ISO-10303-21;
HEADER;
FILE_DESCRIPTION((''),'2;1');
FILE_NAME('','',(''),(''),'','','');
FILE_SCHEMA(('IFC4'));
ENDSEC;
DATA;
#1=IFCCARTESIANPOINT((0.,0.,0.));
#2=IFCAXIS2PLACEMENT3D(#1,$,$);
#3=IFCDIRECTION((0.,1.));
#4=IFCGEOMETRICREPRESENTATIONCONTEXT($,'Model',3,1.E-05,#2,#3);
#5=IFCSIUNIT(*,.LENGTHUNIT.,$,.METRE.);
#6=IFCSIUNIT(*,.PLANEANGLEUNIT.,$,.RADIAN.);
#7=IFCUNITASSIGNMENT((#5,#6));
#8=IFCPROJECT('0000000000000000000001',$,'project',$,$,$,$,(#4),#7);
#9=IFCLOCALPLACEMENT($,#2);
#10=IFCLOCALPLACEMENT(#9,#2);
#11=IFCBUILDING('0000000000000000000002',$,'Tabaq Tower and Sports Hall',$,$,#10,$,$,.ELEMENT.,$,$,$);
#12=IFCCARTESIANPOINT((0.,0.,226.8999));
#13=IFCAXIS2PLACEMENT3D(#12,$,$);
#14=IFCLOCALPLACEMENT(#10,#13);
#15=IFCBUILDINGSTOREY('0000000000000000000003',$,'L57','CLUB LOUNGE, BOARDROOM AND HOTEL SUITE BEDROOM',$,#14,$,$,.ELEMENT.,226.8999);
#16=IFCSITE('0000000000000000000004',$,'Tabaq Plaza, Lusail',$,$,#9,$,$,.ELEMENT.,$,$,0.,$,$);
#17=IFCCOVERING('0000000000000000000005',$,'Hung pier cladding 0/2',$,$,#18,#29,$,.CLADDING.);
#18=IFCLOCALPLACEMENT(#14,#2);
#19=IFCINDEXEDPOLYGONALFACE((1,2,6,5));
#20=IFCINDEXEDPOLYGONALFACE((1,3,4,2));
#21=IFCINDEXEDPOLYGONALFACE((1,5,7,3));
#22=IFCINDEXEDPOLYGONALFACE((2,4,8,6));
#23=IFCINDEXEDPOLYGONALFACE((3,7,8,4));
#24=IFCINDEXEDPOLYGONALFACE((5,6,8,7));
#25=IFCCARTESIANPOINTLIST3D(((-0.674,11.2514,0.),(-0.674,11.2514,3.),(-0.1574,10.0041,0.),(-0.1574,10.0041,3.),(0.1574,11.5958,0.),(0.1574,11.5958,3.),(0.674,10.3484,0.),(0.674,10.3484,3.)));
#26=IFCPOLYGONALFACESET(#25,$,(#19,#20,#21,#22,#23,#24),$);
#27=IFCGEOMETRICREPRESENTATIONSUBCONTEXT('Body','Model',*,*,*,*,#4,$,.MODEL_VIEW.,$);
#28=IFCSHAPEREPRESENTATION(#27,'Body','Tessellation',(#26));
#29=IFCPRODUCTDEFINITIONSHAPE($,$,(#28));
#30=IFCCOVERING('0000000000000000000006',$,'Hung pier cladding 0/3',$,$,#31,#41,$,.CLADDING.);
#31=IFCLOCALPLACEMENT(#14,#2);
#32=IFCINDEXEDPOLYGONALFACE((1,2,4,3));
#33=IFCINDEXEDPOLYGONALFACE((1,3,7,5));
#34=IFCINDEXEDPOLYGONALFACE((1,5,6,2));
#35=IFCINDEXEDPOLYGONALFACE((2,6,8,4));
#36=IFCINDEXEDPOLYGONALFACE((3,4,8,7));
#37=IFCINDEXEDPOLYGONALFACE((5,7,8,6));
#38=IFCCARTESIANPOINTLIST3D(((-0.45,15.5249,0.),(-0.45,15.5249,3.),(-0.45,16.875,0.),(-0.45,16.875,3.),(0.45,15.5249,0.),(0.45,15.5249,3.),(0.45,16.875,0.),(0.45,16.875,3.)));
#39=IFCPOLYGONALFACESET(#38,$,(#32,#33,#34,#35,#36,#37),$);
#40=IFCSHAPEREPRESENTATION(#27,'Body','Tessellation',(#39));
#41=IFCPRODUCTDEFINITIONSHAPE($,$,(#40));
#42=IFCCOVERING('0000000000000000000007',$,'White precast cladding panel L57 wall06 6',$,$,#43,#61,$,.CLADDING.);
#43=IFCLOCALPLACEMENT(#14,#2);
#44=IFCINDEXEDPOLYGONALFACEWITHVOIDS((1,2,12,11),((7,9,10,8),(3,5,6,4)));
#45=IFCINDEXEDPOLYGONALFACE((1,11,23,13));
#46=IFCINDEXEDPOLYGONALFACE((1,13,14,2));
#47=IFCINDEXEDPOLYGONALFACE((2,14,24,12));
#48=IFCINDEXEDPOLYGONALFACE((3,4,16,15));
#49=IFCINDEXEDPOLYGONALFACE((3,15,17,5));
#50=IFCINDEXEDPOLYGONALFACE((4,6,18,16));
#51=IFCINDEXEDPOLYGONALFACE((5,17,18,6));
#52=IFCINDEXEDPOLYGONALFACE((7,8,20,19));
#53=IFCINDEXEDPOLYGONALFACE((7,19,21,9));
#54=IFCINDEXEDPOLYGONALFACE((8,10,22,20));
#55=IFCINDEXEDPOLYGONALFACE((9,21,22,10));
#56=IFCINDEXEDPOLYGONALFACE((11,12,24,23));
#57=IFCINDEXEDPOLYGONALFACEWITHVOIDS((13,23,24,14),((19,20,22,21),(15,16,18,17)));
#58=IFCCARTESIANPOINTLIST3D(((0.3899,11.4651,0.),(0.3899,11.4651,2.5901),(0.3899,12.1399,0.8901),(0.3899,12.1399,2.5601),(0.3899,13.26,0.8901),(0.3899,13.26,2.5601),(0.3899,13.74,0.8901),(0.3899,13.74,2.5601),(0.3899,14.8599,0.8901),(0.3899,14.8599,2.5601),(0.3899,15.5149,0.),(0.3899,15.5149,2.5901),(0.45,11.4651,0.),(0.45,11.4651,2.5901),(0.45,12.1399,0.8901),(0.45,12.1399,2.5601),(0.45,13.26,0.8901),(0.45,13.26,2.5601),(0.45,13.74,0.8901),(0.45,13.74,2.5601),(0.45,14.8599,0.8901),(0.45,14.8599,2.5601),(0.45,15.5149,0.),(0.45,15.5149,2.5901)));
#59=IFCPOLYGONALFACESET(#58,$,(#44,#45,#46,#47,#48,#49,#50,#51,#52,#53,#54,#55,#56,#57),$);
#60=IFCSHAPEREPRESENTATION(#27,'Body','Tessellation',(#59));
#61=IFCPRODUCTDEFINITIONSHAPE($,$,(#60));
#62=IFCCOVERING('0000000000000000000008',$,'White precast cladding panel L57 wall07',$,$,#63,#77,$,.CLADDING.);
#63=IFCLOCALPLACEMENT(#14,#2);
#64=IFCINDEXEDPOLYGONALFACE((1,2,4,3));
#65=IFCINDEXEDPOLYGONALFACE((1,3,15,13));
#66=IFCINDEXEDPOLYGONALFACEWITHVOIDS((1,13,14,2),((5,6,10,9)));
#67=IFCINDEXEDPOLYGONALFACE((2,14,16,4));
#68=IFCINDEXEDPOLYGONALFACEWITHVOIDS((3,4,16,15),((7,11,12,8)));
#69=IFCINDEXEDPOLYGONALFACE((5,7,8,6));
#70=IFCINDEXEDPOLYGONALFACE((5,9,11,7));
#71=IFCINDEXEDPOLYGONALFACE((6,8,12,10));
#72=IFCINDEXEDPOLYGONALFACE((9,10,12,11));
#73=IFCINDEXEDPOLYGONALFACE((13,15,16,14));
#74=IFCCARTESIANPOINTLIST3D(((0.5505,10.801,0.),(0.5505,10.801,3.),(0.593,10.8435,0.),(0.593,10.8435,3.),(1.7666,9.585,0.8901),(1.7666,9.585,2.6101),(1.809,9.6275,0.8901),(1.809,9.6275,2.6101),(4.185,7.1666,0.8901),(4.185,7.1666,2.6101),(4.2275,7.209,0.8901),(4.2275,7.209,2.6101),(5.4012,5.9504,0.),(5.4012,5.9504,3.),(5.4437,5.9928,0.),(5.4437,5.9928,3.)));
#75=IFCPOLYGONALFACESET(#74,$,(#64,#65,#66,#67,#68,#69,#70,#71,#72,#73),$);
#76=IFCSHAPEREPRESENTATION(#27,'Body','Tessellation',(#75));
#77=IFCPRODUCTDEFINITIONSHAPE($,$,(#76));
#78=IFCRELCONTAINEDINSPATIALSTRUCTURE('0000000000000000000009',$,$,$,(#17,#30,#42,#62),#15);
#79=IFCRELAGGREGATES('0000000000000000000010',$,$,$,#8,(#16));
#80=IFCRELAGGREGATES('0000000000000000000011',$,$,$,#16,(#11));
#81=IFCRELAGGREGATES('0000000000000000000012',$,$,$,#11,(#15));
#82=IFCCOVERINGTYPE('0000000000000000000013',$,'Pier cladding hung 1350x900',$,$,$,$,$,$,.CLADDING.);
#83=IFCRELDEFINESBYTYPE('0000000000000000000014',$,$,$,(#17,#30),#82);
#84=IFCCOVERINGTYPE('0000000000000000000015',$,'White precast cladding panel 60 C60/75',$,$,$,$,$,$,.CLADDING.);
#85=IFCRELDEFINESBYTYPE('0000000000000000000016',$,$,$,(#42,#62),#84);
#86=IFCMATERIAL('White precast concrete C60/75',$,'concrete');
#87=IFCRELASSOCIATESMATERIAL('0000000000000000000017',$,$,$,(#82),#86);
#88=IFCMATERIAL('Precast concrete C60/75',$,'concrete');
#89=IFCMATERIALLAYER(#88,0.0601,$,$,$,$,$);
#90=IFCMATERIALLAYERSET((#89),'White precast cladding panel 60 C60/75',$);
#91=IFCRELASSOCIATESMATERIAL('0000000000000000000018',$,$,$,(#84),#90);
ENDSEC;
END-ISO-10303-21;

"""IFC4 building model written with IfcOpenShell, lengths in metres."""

from ifc_helpers import new_model, si_unit, direction, frame, frame_2d, origin, place, context, subcontext, project, spatial, polyline, rectangle, outline, extrude, material, layer, layer_set, type_object, element, save


model = new_model("IFC4")

# Units and contexts
model_context = context("Model", 3, precision=1e-05, world=origin(), true_north=direction((0.0, 1.0)))
body_context = subcontext(model_context, "Body", "Model", "MODEL_VIEW")
ifc_project = project(units=[si_unit("LENGTHUNIT", "METRE"), si_unit("PLANEANGLEUNIT", "RADIAN")], contexts=[model_context])

# Site, building, storey
site_placement = place(None, origin())
site = spatial("IfcSite", under=ifc_project, at=site_placement, Name="Tabaq Plaza, Lusail", CompositionType="ELEMENT", RefElevation=0.0)
building_placement = place(site_placement, origin())
building = spatial("IfcBuilding", under=site, at=building_placement, Name="Tabaq Tower and Sports Hall", CompositionType="ELEMENT")
storey_placement = place(building_placement, frame((0.0, 0.0, 226.8999)))
storey = spatial("IfcBuildingStorey", under=building, at=storey_placement, Name="L57", Description="CLUB LOUNGE, BOARDROOM AND HOTEL SUITE BEDROOM", CompositionType="ELEMENT", Elevation=226.8999)

# Coverings
ifc_material_1 = material(Name="White precast concrete C60/75", Category="concrete")
covering_type_1 = type_object("IfcCoveringType", Name="Pier cladding hung 1350x900", PredefinedType="CLADDING", material=ifc_material_1)
for number, where, z_axis, x_axis, name in (
    (1, (-0.2583, 11.4236, 0.0), (0.0, 0.0, 1.0), (0.38265, -0.923893, 0.0), "Hung pier cladding 0/2"),
    (2, (0.0, 16.875, 0.0), (0.0, 0.0, 1.0), (0.0, -1.0, 0.0), "Hung pier cladding 0/3"),
):
    element("IfcCovering", number, at=place(storey_placement, frame(where, z_axis=z_axis, x_axis=x_axis)), inside=storey, type_object=covering_type_1, Name=name, PredefinedType="CLADDING", context=body_context, shape_type="SweptSolid", body=[
        extrude(rectangle(XDim=1.3501, YDim=0.8999, at=frame_2d((0.675, 0.0))), origin(), (0.0, 0.0, 1.0), 3.0),
    ])
ifc_material_2 = material(Name="Precast concrete C60/75", Category="concrete")
ifc_layer_1 = layer(ifc_material_2, 0.0601)
ifc_layer_set_1 = layer_set([ifc_layer_1], Name="White precast cladding panel 60 C60/75")
covering_type_2 = type_object("IfcCoveringType", Name="White precast cladding panel 60 C60/75", PredefinedType="CLADDING", material=ifc_layer_set_1)
covering_1_placement = place(storey_placement, frame((0.4199, 15.5149, 0.0), z_axis=(0.0, 0.0, 1.0), x_axis=(0.0, -1.0, 0.0)))
element("IfcCovering", 3, at=covering_1_placement, inside=storey, type_object=covering_type_2, Name="White precast cladding panel L57 wall06 6", PredefinedType="CLADDING", context=body_context, shape_type="SweptSolid", body=[
    extrude(outline(polyline([(0.0, 0.0), (4.0498, 0.0), (4.0498, 2.5901), (0.0, 2.5901), (0.0, 0.0)]), holes=[polyline([(0.655, 0.8901), (0.655, 2.5601), (1.7749, 2.5601), (1.7749, 0.8901), (0.655, 0.8901)]), polyline([(2.2549, 0.8901), (2.2549, 2.5601), (3.375, 2.5601), (3.375, 0.8901), (2.2549, 0.8901)])]), frame((0.0, 0.03, 0.0), z_axis=(0.0, -1.0, 0.0), x_axis=(1.0, 0.0, 0.0)), (0.0, 0.0, 1.0), 0.0601),
])
covering_2_placement = place(storey_placement, frame((0.5718, 10.8223, 0.0), z_axis=(0.0, 0.0, 1.0), x_axis=(0.707107, -0.707107, 0.0)))
element("IfcCovering", 4, at=covering_2_placement, inside=storey, type_object=covering_type_2, Name="White precast cladding panel L57 wall07", PredefinedType="CLADDING", context=body_context, shape_type="SweptSolid", body=[
    extrude(outline(polyline([(0.0, 0.0), (6.8599, 0.0), (6.8599, 3.0), (0.0, 3.0), (0.0, 0.0)]), holes=[polyline([(1.7197, 0.8901), (1.7197, 2.6101), (5.1399, 2.6101), (5.1399, 0.8901), (1.7197, 0.8901)])]), frame((0.0, 0.03, 0.0), z_axis=(0.0, -1.0, 0.0), x_axis=(1.0, 0.0, 0.0)), (0.0, 0.0, 1.0), 0.0601),
])

save(model, "model.ifc")
